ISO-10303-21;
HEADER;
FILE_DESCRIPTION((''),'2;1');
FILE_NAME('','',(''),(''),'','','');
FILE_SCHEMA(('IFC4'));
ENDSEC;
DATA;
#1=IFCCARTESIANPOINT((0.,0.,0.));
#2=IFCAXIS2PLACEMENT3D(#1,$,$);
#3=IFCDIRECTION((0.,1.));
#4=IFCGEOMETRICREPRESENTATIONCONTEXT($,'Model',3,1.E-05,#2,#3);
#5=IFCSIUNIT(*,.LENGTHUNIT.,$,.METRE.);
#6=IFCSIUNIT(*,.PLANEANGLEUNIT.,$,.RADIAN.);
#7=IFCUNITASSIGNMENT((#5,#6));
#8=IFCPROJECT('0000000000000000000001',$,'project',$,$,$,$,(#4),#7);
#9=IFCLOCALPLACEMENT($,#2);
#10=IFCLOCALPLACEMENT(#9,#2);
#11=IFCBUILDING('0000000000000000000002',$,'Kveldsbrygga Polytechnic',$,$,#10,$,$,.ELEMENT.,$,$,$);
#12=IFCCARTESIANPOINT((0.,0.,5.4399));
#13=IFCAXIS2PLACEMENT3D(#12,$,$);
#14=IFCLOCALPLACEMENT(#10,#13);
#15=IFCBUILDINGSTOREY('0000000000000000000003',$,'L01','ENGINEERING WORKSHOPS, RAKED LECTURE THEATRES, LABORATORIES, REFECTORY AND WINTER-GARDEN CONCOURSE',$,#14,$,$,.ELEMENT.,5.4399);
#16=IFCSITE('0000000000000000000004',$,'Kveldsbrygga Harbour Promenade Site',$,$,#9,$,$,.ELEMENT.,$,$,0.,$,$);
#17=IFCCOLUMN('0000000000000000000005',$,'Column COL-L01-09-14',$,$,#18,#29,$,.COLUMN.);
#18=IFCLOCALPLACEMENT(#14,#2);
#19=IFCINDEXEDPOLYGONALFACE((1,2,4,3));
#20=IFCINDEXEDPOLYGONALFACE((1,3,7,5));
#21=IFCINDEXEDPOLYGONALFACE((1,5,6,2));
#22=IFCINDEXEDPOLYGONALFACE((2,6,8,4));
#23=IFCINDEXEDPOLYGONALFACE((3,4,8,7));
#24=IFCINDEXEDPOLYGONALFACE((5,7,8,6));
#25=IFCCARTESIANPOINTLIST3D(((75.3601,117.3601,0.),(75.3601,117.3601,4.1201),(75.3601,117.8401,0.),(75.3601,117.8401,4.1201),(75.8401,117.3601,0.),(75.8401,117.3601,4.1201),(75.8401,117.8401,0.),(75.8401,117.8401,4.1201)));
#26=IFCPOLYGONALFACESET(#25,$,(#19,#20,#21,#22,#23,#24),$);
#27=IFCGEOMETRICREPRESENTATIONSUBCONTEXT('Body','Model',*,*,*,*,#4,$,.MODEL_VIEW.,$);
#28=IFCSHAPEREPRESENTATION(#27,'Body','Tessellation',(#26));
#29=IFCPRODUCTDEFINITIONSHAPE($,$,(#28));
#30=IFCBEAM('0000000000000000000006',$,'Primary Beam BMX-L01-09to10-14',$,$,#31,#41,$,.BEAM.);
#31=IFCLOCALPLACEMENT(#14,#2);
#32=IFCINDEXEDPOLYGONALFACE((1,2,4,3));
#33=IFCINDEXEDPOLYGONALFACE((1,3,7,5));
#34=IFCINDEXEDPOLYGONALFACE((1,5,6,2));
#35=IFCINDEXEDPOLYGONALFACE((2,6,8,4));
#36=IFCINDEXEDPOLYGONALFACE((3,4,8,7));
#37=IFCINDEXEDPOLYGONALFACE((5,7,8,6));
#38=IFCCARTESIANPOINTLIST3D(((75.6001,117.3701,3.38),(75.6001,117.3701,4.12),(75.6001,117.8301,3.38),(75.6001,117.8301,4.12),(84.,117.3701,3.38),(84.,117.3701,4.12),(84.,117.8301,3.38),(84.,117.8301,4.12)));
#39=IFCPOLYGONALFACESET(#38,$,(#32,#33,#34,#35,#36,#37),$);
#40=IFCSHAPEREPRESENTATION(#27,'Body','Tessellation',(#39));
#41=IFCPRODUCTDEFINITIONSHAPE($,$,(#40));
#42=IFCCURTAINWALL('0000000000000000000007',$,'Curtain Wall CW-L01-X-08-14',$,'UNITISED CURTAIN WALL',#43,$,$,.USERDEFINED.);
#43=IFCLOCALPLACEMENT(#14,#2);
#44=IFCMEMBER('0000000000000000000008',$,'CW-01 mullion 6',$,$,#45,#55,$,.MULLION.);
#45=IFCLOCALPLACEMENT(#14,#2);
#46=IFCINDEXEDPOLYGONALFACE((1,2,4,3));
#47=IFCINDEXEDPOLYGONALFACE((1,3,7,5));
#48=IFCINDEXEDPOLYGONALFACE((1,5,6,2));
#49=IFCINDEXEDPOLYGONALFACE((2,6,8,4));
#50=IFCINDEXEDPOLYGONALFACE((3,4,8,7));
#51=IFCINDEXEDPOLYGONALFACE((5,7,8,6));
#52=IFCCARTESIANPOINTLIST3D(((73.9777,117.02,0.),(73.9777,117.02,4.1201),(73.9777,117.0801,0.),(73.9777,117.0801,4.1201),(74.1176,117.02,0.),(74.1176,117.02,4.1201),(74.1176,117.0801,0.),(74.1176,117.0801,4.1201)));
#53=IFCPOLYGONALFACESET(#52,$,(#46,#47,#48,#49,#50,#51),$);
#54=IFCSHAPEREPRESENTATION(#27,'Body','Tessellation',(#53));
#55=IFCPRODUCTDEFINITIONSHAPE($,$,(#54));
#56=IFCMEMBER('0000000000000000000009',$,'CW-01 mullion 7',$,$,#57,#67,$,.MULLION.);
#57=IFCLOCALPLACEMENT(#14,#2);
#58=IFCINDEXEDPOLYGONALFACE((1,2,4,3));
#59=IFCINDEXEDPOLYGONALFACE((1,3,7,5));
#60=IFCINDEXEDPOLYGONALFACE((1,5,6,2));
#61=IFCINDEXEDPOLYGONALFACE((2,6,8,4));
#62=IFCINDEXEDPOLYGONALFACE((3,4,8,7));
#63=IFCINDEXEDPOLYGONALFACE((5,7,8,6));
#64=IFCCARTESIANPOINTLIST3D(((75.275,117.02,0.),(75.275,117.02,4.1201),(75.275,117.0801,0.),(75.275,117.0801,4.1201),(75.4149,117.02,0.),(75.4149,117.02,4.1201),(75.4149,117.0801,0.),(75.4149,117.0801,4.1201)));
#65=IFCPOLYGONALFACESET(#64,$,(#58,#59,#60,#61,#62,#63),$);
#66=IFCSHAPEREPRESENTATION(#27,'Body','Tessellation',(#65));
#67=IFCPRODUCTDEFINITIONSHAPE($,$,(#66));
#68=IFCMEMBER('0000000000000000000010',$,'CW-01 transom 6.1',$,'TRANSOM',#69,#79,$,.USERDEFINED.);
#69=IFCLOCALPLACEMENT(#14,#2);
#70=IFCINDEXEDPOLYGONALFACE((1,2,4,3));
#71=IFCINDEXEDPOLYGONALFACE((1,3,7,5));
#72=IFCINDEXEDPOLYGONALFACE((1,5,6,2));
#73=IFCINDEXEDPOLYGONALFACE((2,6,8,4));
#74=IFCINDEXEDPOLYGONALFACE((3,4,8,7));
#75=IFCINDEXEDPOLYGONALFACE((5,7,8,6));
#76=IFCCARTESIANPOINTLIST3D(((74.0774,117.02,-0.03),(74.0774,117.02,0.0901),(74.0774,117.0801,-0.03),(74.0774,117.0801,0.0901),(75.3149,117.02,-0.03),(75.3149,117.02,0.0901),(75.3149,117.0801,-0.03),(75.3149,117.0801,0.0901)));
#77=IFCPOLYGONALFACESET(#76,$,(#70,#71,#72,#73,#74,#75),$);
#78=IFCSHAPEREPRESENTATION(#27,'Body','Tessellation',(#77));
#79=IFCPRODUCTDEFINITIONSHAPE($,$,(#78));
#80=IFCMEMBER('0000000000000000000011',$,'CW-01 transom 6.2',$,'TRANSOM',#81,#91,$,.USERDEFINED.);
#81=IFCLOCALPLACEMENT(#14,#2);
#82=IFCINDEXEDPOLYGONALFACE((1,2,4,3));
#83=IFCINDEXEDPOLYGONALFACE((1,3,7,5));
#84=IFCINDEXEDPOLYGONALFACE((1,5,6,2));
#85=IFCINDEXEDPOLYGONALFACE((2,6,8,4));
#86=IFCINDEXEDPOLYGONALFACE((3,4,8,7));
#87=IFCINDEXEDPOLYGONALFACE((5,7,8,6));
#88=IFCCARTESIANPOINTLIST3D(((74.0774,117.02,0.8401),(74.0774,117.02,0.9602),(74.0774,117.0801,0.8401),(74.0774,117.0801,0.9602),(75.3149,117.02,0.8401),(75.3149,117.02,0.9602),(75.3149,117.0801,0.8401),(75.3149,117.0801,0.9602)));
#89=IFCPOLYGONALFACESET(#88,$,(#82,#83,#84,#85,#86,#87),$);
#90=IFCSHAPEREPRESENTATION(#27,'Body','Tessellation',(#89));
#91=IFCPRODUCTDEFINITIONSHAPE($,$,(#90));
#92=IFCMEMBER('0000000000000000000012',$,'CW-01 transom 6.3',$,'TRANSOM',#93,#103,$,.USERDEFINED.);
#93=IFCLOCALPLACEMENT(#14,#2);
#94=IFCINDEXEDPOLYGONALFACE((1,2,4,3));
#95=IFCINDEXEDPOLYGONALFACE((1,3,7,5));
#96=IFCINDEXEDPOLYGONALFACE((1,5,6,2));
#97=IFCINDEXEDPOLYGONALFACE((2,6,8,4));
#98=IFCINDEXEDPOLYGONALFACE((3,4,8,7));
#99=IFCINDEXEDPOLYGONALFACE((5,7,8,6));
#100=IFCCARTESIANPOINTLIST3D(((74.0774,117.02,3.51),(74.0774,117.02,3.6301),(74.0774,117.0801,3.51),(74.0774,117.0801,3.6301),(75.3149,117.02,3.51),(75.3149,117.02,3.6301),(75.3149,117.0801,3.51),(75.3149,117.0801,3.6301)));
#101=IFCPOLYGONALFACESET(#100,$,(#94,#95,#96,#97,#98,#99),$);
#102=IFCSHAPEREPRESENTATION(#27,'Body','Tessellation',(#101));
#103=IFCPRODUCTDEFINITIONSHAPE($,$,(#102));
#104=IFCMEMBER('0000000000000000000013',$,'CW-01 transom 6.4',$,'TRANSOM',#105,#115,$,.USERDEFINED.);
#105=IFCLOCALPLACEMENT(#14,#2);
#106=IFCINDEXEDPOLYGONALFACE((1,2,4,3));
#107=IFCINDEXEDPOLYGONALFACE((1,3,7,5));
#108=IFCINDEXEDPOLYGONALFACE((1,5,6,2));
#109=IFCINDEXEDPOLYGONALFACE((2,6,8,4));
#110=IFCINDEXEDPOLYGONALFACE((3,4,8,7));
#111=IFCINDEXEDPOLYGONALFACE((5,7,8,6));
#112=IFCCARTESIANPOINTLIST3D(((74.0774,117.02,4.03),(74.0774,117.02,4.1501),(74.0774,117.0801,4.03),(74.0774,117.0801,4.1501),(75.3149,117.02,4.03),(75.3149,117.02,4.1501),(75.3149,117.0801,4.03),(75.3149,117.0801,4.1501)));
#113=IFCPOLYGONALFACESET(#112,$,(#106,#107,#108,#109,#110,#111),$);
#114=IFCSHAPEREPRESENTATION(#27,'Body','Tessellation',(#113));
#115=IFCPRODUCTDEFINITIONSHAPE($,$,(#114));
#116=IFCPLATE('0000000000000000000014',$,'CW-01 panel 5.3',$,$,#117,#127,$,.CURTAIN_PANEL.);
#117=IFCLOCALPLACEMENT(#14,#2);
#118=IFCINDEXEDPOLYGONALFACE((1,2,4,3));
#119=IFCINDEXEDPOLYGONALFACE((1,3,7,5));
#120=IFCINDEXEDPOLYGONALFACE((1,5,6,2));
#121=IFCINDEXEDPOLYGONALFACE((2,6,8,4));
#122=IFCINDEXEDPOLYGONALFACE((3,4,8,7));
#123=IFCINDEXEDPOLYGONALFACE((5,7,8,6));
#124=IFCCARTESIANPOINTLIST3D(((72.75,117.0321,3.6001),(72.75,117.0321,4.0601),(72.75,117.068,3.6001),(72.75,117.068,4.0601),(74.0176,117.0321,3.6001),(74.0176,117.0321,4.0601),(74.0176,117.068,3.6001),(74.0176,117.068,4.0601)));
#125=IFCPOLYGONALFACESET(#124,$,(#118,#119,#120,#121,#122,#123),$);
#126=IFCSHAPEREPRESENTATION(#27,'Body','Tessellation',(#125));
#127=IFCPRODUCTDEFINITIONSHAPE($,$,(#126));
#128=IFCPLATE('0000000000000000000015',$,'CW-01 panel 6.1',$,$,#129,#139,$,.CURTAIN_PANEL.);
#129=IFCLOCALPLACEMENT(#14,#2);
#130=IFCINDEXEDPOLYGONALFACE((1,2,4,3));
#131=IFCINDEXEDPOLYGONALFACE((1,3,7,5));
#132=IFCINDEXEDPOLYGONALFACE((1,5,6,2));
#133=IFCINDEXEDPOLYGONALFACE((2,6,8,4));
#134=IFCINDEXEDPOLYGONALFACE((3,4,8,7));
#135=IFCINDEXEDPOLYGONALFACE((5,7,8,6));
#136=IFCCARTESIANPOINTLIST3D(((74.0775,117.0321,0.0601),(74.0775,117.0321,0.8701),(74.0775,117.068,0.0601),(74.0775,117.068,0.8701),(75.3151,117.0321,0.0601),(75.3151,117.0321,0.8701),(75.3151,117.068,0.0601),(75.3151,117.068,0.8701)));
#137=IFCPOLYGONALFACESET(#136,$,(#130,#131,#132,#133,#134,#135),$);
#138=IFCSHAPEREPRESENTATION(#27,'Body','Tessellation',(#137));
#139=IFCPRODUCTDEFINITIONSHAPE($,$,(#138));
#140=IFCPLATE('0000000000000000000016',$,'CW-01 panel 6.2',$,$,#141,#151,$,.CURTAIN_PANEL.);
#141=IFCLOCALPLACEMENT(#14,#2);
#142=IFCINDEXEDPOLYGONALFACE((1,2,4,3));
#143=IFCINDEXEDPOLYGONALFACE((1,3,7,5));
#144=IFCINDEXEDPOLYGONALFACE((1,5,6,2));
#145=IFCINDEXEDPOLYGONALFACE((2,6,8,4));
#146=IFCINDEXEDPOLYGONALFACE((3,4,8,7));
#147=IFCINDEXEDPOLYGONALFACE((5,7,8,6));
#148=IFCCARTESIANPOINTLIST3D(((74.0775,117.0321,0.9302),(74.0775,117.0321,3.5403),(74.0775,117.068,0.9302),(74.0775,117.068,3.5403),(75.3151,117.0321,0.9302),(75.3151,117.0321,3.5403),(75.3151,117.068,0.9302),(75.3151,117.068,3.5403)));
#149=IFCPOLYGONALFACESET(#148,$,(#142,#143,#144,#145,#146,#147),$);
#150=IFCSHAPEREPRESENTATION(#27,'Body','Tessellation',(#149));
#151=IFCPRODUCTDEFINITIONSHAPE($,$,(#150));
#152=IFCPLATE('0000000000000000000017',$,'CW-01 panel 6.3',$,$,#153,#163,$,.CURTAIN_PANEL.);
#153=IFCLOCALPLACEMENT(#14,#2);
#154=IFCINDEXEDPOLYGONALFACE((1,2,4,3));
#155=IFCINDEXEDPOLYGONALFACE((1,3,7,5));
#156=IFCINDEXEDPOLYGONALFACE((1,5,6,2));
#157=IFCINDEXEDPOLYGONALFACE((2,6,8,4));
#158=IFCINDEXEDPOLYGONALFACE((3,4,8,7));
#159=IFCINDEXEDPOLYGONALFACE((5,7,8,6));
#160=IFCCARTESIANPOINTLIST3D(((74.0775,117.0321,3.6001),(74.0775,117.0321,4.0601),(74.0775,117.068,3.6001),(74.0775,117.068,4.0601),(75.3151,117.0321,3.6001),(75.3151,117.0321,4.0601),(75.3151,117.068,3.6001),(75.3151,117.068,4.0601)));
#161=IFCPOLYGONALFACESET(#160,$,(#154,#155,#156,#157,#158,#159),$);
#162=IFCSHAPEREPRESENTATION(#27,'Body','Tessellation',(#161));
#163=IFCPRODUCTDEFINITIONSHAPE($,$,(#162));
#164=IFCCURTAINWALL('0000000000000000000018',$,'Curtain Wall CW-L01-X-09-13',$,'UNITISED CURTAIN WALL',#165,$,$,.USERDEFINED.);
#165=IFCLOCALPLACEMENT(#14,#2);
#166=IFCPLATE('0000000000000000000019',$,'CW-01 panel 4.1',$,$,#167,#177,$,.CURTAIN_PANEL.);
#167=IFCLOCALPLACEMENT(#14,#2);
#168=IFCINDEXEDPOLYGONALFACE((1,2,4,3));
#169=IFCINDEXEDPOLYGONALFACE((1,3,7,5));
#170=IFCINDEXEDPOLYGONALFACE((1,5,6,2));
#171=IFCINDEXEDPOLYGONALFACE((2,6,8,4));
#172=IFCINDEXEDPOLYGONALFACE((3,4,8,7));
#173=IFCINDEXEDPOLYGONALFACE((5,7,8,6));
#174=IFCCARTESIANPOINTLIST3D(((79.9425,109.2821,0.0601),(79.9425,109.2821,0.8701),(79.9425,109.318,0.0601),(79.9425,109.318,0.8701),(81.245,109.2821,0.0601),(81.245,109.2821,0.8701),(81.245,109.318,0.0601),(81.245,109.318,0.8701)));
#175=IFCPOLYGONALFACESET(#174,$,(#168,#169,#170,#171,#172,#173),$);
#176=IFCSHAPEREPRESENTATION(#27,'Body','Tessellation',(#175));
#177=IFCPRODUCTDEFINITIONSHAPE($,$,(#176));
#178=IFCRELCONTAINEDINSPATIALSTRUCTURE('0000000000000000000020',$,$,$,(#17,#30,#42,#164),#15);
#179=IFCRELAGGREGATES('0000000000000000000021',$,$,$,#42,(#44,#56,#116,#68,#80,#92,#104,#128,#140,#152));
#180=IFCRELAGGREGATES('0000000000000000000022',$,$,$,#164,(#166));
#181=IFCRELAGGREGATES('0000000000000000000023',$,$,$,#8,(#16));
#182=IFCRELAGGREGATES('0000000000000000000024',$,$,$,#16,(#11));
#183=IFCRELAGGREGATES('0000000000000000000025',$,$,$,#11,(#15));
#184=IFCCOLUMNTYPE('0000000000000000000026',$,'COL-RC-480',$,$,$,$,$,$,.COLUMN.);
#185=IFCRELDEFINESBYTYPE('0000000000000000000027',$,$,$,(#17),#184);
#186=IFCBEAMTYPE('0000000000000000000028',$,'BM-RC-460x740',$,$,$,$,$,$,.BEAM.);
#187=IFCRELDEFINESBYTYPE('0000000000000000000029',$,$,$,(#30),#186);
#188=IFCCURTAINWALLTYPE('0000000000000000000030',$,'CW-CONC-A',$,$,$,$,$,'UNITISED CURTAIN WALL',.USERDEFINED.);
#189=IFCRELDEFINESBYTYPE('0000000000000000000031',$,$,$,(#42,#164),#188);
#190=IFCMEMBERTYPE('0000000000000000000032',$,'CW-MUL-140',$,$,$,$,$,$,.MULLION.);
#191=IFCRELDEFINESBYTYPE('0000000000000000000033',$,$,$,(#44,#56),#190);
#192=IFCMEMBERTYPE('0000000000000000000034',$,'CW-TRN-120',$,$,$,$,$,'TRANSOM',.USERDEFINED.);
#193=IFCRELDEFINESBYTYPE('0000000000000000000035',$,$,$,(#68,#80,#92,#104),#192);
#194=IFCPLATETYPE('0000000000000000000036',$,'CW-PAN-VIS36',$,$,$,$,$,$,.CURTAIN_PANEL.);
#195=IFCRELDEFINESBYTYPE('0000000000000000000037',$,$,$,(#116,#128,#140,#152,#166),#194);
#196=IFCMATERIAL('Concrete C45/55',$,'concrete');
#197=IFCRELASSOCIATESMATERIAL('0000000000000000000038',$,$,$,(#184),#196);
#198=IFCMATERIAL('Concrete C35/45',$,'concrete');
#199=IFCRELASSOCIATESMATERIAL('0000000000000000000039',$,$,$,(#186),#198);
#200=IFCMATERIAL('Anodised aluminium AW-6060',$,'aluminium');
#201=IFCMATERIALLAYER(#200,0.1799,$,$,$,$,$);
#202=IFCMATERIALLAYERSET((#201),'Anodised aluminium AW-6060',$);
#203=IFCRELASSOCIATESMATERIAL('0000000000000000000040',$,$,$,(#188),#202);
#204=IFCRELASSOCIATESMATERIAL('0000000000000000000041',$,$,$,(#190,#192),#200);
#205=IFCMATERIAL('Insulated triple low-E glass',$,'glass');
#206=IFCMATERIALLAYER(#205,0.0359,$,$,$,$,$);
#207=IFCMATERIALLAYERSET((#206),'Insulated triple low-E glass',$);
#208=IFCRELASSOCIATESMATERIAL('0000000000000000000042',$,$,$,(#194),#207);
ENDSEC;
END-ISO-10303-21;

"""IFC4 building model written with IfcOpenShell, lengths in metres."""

from ifc_helpers import new_model, si_unit, direction, frame, origin, origin_2d, place, context, subcontext, project, spatial, rectangle, extrude, material, layer, layer_set, material_profile, profile_set, type_object, element, aggregate, save


model = new_model("IFC4")

# Units and contexts
model_context = context("Model", 3, precision=1e-05, world=origin(), true_north=direction((0.0, 1.0)))
body_context = subcontext(model_context, "Body", "Model", "MODEL_VIEW")
ifc_project = project(units=[si_unit("LENGTHUNIT", "METRE"), si_unit("PLANEANGLEUNIT", "RADIAN")], contexts=[model_context])

# Site, building, storey
site_placement = place(None, origin())
site = spatial("IfcSite", under=ifc_project, at=site_placement, Name="Kveldsbrygga Harbour Promenade Site", CompositionType="ELEMENT", RefElevation=0.0)
building_placement = place(site_placement, origin())
building = spatial("IfcBuilding", under=site, at=building_placement, Name="Kveldsbrygga Polytechnic", CompositionType="ELEMENT")
storey_placement = place(building_placement, frame((0.0, 0.0, 5.4399)))
storey = spatial("IfcBuildingStorey", under=building, at=storey_placement, Name="L01", Description="ENGINEERING WORKSHOPS, RAKED LECTURE THEATRES, LABORATORIES, REFECTORY AND WINTER-GARDEN CONCOURSE", CompositionType="ELEMENT", Elevation=5.4399)

# Column
ifc_material_1 = material(Name="Concrete C45/55", Category="concrete")
ifc_material_profile_1 = material_profile(ifc_material_1, rectangle(XDim=0.48, YDim=0.48, at=origin_2d()), Name="RC 480x480")
ifc_profile_set_1 = profile_set([ifc_material_profile_1], Name="Concrete C45/55")
column_type = type_object("IfcColumnType", Name="COL-RC-480", PredefinedType="COLUMN", material=ifc_profile_set_1)
column_placement = place(storey_placement, frame((75.6001, 117.6001, 0.0), z_axis=(0.0, 0.0, 1.0), x_axis=(1.0, 0.0, 0.0)))
element("IfcColumn", 1, at=column_placement, inside=storey, type_object=column_type, Name="Column COL-L01-09-14", PredefinedType="COLUMN", context=body_context, shape_type="SweptSolid", body=[
    extrude(rectangle(XDim=0.48, YDim=0.48, at=origin_2d()), origin(), (0.0, 0.0, 1.0), 4.1201),
])

# Beam
ifc_material_2 = material(Name="Concrete C35/45", Category="concrete")
ifc_material_profile_2 = material_profile(ifc_material_2, rectangle(XDim=0.46, YDim=0.74, at=origin_2d()), Name="RC 460x740")
ifc_profile_set_2 = profile_set([ifc_material_profile_2], Name="Concrete C35/45")
beam_type = type_object("IfcBeamType", Name="BM-RC-460x740", PredefinedType="BEAM", material=ifc_profile_set_2)
beam_placement = place(storey_placement, frame((75.6001, 117.6001, 3.75), z_axis=(1.0, 0.0, 0.0), x_axis=(0.0, 1.0, 0.0)))
element("IfcBeam", 2, at=beam_placement, inside=storey, type_object=beam_type, Name="Primary Beam BMX-L01-09to10-14", PredefinedType="BEAM", context=body_context, shape_type="SweptSolid", body=[
    extrude(rectangle(XDim=0.46, YDim=0.74, at=origin_2d()), origin(), (0.0, 0.0, 1.0), 8.3999),
])

# Curtain wall, members, plates
ifc_material_3 = material(Name="Anodised aluminium AW-6060", Category="aluminium")
ifc_layer_1 = layer(ifc_material_3, 0.1799)
ifc_layer_set_1 = layer_set([ifc_layer_1], Name="Anodised aluminium AW-6060")
curtain_wall_type = type_object("IfcCurtainWallType", Name="CW-CONC-A", ElementType="UNITISED CURTAIN WALL", PredefinedType="USERDEFINED", material=ifc_layer_set_1)
curtain_wall_1_placement = place(storey_placement, origin())
curtain_wall_1 = element("IfcCurtainWall", 3, at=curtain_wall_1_placement, inside=storey, type_object=curtain_wall_type, Name="Curtain Wall CW-L01-X-08-14", ObjectType="UNITISED CURTAIN WALL", PredefinedType="USERDEFINED")
ifc_material_profile_3 = material_profile(ifc_material_3, rectangle(XDim=0.0601, YDim=0.1399, at=origin_2d()), Name="ALU 60x140")
ifc_profile_set_3 = profile_set([ifc_material_profile_3], Name="Anodised aluminium AW-6060")
member_type_1 = type_object("IfcMemberType", Name="CW-MUL-140", PredefinedType="MULLION", material=ifc_profile_set_3)
member_1_placement = place(storey_placement, frame((74.0476, 117.05, 0.0), z_axis=(0.0, 0.0, 1.0), x_axis=(0.0, 1.0, 0.0)))
member_1 = element("IfcMember", 4, at=member_1_placement, type_object=member_type_1, Name="CW-01 mullion 6", PredefinedType="MULLION", context=body_context, shape_type="SweptSolid", body=[
    extrude(rectangle(XDim=0.0601, YDim=0.1399, at=origin_2d()), origin(), (0.0, 0.0, 1.0), 4.1201),
])
member_2_placement = place(storey_placement, frame((75.345, 117.05, 0.0), z_axis=(0.0, 0.0, 1.0), x_axis=(0.0, 1.0, 0.0)))
member_2 = element("IfcMember", 5, at=member_2_placement, type_object=member_type_1, Name="CW-01 mullion 7", PredefinedType="MULLION", context=body_context, shape_type="SweptSolid", body=[
    extrude(rectangle(XDim=0.0601, YDim=0.1399, at=origin_2d()), origin(), (0.0, 0.0, 1.0), 4.1201),
])
ifc_material_profile_4 = material_profile(ifc_material_3, rectangle(XDim=0.0601, YDim=0.1201, at=origin_2d()), Name="ALU 60x120")
ifc_profile_set_4 = profile_set([ifc_material_profile_4], Name="Anodised aluminium AW-6060")
member_type_2 = type_object("IfcMemberType", Name="CW-TRN-120", ElementType="TRANSOM", PredefinedType="USERDEFINED", material=ifc_profile_set_4)
member_3_placement = place(storey_placement, frame((74.0774, 117.05, 0.03), z_axis=(1.0, 0.0, 0.0), x_axis=(0.0, 1.0, 0.0)))
member_3 = element("IfcMember", 6, at=member_3_placement, type_object=member_type_2, Name="CW-01 transom 6.1", ObjectType="TRANSOM", PredefinedType="USERDEFINED", context=body_context, shape_type="SweptSolid", body=[
    extrude(rectangle(XDim=0.0601, YDim=0.1201, at=origin_2d()), origin(), (0.0, 0.0, 1.0), 1.2375),
])
member_4_placement = place(storey_placement, frame((74.0774, 117.05, 0.9001), z_axis=(1.0, 0.0, 0.0), x_axis=(0.0, 1.0, 0.0)))
member_4 = element("IfcMember", 7, at=member_4_placement, type_object=member_type_2, Name="CW-01 transom 6.2", ObjectType="TRANSOM", PredefinedType="USERDEFINED", context=body_context, shape_type="SweptSolid", body=[
    extrude(rectangle(XDim=0.0601, YDim=0.1201, at=origin_2d()), origin(), (0.0, 0.0, 1.0), 1.2375),
])
member_5_placement = place(storey_placement, frame((74.0774, 117.05, 3.5701), z_axis=(1.0, 0.0, 0.0), x_axis=(0.0, 1.0, 0.0)))
member_5 = element("IfcMember", 8, at=member_5_placement, type_object=member_type_2, Name="CW-01 transom 6.3", ObjectType="TRANSOM", PredefinedType="USERDEFINED", context=body_context, shape_type="SweptSolid", body=[
    extrude(rectangle(XDim=0.0601, YDim=0.1201, at=origin_2d()), origin(), (0.0, 0.0, 1.0), 1.2375),
])
member_6_placement = place(storey_placement, frame((74.0774, 117.05, 4.0901), z_axis=(1.0, 0.0, 0.0), x_axis=(0.0, 1.0, 0.0)))
member_6 = element("IfcMember", 9, at=member_6_placement, type_object=member_type_2, Name="CW-01 transom 6.4", ObjectType="TRANSOM", PredefinedType="USERDEFINED", context=body_context, shape_type="SweptSolid", body=[
    extrude(rectangle(XDim=0.0601, YDim=0.1201, at=origin_2d()), origin(), (0.0, 0.0, 1.0), 1.2375),
])
ifc_material_4 = material(Name="Insulated triple low-E glass", Category="glass")
ifc_layer_2 = layer(ifc_material_4, 0.0359)
ifc_layer_set_2 = layer_set([ifc_layer_2], Name="Insulated triple low-E glass")
plate_type = type_object("IfcPlateType", Name="CW-PAN-VIS36", PredefinedType="CURTAIN_PANEL", material=ifc_layer_set_2)
plate_1_placement = place(storey_placement, frame((73.3838, 117.05, 3.6001), z_axis=(0.0, 0.0, 1.0), x_axis=(1.0, 0.0, 0.0)))
plate_1 = element("IfcPlate", 10, at=plate_1_placement, type_object=plate_type, Name="CW-01 panel 5.3", PredefinedType="CURTAIN_PANEL", context=body_context, shape_type="SweptSolid", body=[
    extrude(rectangle(XDim=1.2676, YDim=0.0359, at=origin_2d()), origin(), (0.0, 0.0, 1.0), 0.46),
])
plate_2_placement = place(storey_placement, frame((74.6963, 117.05, 0.0601), z_axis=(0.0, 0.0, 1.0), x_axis=(1.0, 0.0, 0.0)))
plate_2 = element("IfcPlate", 11, at=plate_2_placement, type_object=plate_type, Name="CW-01 panel 6.1", PredefinedType="CURTAIN_PANEL", context=body_context, shape_type="SweptSolid", body=[
    extrude(rectangle(XDim=1.2375, YDim=0.0359, at=origin_2d()), origin(), (0.0, 0.0, 1.0), 0.8101),
])
plate_3_placement = place(storey_placement, frame((74.6963, 117.05, 0.9302), z_axis=(0.0, 0.0, 1.0), x_axis=(1.0, 0.0, 0.0)))
plate_3 = element("IfcPlate", 12, at=plate_3_placement, type_object=plate_type, Name="CW-01 panel 6.2", PredefinedType="CURTAIN_PANEL", context=body_context, shape_type="SweptSolid", body=[
    extrude(rectangle(XDim=1.2375, YDim=0.0359, at=origin_2d()), origin(), (0.0, 0.0, 1.0), 2.6101),
])
plate_4_placement = place(storey_placement, frame((74.6963, 117.05, 3.6001), z_axis=(0.0, 0.0, 1.0), x_axis=(1.0, 0.0, 0.0)))
plate_4 = element("IfcPlate", 13, at=plate_4_placement, type_object=plate_type, Name="CW-01 panel 6.3", PredefinedType="CURTAIN_PANEL", context=body_context, shape_type="SweptSolid", body=[
    extrude(rectangle(XDim=1.2375, YDim=0.0359, at=origin_2d()), origin(), (0.0, 0.0, 1.0), 0.46),
])
aggregate(curtain_wall_1, [member_1, member_2, plate_1, member_3, member_4, member_5, member_6, plate_2, plate_3, plate_4])

# Curtain wall, plate
curtain_wall_2_placement = place(storey_placement, origin())
curtain_wall_2 = element("IfcCurtainWall", 14, at=curtain_wall_2_placement, inside=storey, type_object=curtain_wall_type, Name="Curtain Wall CW-L01-X-09-13", ObjectType="UNITISED CURTAIN WALL", PredefinedType="USERDEFINED")
plate_5_placement = place(storey_placement, frame((80.5938, 109.3, 0.0601), z_axis=(0.0, 0.0, 1.0), x_axis=(1.0, 0.0, 0.0)))
plate_5 = element("IfcPlate", 15, at=plate_5_placement, type_object=plate_type, Name="CW-01 panel 4.1", PredefinedType="CURTAIN_PANEL", context=body_context, shape_type="SweptSolid", body=[
    extrude(rectangle(XDim=1.3025, YDim=0.0359, at=origin_2d()), origin(), (0.0, 0.0, 1.0), 0.8101),
])
aggregate(curtain_wall_2, [plate_5])

save(model, "model.ifc")
